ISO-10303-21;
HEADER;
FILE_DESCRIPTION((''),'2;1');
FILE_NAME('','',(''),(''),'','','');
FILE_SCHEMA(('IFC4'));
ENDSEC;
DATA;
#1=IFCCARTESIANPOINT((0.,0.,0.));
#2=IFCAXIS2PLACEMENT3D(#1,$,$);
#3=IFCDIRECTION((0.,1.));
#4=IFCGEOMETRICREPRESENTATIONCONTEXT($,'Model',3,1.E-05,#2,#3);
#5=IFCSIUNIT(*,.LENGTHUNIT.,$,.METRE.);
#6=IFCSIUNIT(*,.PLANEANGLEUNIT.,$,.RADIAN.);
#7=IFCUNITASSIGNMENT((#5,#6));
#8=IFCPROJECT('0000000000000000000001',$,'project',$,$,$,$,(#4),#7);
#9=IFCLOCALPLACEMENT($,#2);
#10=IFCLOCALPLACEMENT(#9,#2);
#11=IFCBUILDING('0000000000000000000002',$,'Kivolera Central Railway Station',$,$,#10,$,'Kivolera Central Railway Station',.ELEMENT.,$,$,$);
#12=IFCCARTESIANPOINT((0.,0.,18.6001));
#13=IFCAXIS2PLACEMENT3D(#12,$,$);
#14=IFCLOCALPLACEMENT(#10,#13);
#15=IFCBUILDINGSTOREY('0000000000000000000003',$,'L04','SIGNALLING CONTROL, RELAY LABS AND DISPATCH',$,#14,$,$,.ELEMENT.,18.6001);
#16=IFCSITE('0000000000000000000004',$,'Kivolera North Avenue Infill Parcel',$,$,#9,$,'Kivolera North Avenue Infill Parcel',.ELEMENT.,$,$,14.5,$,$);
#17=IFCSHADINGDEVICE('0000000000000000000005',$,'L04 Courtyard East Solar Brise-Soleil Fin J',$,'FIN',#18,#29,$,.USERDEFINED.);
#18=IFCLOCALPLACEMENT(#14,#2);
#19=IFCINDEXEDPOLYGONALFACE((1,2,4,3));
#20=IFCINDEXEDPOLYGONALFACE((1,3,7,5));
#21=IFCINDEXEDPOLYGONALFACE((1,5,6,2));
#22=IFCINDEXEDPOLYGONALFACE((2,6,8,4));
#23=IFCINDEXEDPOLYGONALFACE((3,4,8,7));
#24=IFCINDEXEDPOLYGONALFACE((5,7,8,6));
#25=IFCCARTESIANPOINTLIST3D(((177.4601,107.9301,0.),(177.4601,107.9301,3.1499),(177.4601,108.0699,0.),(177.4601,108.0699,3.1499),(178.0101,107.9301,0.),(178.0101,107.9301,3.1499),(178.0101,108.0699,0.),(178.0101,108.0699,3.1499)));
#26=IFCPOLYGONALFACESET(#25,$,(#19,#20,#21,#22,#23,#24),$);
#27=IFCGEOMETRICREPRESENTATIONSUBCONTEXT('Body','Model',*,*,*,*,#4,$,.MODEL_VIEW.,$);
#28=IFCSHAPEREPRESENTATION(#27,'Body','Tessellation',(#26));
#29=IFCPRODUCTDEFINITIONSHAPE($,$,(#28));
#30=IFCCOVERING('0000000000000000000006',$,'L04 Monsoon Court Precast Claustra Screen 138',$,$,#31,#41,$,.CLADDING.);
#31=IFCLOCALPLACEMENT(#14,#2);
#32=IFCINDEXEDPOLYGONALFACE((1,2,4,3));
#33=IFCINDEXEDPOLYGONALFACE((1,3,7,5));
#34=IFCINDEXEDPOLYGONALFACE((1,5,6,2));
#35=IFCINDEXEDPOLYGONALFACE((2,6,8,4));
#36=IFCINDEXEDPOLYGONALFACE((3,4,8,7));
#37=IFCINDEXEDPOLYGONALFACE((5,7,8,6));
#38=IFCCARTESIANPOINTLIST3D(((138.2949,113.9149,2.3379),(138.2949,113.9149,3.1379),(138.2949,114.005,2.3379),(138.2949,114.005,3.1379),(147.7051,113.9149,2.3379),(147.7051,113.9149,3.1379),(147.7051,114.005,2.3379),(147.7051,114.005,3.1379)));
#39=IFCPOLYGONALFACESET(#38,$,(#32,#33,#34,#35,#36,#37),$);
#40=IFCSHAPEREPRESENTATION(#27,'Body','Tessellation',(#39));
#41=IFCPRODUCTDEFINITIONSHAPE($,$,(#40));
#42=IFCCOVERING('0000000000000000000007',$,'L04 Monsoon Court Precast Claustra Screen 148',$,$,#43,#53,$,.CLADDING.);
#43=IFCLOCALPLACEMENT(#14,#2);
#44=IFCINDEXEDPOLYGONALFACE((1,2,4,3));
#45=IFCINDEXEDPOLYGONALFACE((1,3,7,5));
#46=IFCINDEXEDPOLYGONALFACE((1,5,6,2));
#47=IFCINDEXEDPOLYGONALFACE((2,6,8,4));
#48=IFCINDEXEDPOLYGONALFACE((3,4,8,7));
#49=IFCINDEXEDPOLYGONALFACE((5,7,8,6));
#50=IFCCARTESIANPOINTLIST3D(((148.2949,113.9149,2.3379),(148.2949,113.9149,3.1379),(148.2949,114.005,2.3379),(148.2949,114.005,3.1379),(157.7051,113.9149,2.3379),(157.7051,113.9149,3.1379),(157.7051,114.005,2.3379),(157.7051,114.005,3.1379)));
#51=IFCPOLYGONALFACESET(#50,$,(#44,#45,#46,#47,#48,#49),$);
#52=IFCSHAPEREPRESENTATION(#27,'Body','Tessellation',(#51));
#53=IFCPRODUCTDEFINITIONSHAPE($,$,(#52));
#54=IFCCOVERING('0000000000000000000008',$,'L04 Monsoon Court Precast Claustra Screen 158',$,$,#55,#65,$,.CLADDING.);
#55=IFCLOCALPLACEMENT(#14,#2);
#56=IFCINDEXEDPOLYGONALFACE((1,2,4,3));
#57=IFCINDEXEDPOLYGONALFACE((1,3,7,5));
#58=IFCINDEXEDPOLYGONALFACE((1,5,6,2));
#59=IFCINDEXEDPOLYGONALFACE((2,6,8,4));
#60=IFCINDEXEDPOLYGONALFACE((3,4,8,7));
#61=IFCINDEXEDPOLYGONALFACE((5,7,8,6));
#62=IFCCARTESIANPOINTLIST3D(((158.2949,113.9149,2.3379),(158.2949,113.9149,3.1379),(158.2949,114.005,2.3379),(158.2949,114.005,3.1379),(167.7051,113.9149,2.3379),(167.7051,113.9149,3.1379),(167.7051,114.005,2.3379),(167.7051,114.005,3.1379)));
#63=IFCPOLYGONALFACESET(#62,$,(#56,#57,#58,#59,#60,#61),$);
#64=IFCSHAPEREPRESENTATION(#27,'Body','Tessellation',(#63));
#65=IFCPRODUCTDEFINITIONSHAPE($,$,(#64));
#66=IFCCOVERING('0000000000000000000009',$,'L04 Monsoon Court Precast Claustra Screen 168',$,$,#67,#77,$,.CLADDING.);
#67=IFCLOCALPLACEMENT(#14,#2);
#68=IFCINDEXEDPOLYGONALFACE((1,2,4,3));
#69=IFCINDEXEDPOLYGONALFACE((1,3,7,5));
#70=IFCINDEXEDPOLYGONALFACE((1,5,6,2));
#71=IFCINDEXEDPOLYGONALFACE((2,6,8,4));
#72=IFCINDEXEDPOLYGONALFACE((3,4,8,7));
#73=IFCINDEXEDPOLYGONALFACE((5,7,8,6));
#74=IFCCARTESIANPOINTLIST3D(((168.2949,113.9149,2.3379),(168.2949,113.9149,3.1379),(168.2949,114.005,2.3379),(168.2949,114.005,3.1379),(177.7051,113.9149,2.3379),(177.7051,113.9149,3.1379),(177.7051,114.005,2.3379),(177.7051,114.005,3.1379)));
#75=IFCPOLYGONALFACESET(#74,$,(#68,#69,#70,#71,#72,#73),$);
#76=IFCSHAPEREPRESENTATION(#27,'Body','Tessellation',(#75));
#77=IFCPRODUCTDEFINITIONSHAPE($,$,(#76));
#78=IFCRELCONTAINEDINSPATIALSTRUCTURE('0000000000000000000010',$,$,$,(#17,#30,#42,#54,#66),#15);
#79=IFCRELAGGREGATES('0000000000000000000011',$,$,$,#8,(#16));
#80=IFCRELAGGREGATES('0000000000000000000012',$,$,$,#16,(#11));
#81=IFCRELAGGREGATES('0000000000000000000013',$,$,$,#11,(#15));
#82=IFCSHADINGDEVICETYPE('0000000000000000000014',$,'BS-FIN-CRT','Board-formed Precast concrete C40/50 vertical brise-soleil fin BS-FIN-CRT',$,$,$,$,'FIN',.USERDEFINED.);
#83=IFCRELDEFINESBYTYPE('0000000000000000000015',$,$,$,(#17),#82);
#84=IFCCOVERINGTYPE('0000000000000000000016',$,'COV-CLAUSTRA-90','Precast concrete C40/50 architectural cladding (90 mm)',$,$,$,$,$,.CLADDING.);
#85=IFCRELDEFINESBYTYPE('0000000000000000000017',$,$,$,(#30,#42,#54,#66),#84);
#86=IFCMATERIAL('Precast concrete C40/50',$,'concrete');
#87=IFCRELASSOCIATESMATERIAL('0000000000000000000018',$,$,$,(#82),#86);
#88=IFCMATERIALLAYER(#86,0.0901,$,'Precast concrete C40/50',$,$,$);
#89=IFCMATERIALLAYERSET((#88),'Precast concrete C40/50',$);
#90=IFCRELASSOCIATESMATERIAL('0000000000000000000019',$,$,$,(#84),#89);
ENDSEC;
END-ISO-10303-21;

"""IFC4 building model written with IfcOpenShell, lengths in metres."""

from ifc_helpers import new_model, si_unit, direction, frame, frame_2d, origin, origin_2d, place, context, subcontext, project, spatial, rectangle, extrude, material, layer, layer_set, type_object, element, save


model = new_model("IFC4")

# Units and contexts
model_context = context("Model", 3, precision=1e-05, world=origin(), true_north=direction((0.0, 1.0)))
body_context = subcontext(model_context, "Body", "Model", "MODEL_VIEW")
ifc_project = project(units=[si_unit("LENGTHUNIT", "METRE"), si_unit("PLANEANGLEUNIT", "RADIAN")], contexts=[model_context])

# Site, building, storey
site_placement = place(None, origin())
site = spatial("IfcSite", under=ifc_project, at=site_placement, Name="Kivolera North Avenue Infill Parcel", LongName="Kivolera North Avenue Infill Parcel", CompositionType="ELEMENT", RefElevation=14.5)
building_placement = place(site_placement, origin())
building = spatial("IfcBuilding", under=site, at=building_placement, Name="Kivolera Central Railway Station", LongName="Kivolera Central Railway Station", CompositionType="ELEMENT")
storey_placement = place(building_placement, frame((0.0, 0.0, 18.6001)))
storey = spatial("IfcBuildingStorey", under=building, at=storey_placement, Name="L04", Description="SIGNALLING CONTROL, RELAY LABS AND DISPATCH", CompositionType="ELEMENT", Elevation=18.6001)

# Shading device
ifc_material_1 = material(Name="Precast concrete C40/50", Category="concrete")
shading_device_type = type_object("IfcShadingDeviceType", Name="BS-FIN-CRT", Description="Board-formed Precast concrete C40/50 vertical brise-soleil fin BS-FIN-CRT", ElementType="FIN", PredefinedType="USERDEFINED", material=ifc_material_1)
shading_device_placement = place(storey_placement, frame((177.7351, 108.0, 0.0), z_axis=(0.0, 0.0, 1.0), x_axis=(1.0, 0.0, 0.0)))
element("IfcShadingDevice", 1, at=shading_device_placement, inside=storey, type_object=shading_device_type, Name="L04 Courtyard East Solar Brise-Soleil Fin J", ObjectType="FIN", PredefinedType="USERDEFINED", context=body_context, shape_type="SweptSolid", body=[
    extrude(rectangle(XDim=0.55, YDim=0.1399, at=origin_2d()), origin(), (0.0, 0.0, 1.0), 3.1499),
])

# Coverings
ifc_layer_1 = layer(ifc_material_1, 0.0901, Name="Precast concrete C40/50")
ifc_layer_set_1 = layer_set([ifc_layer_1], Name="Precast concrete C40/50")
covering_type = type_object("IfcCoveringType", Name="COV-CLAUSTRA-90", Description="Precast concrete C40/50 architectural cladding (90 mm)", PredefinedType="CLADDING", material=ifc_layer_set_1)
for number, where, z_axis, x_axis, name in (
    (2, (147.7051, 113.96, 2.3379), (0.0, 0.0, 1.0), (-1.0, 0.0, 0.0), "L04 Monsoon Court Precast Claustra Screen 138"),
    (3, (157.7051, 113.96, 2.3379), (0.0, 0.0, 1.0), (-1.0, 0.0, 0.0), "L04 Monsoon Court Precast Claustra Screen 148"),
    (4, (167.7051, 113.96, 2.3379), (0.0, 0.0, 1.0), (-1.0, 0.0, 0.0), "L04 Monsoon Court Precast Claustra Screen 158"),
    (5, (177.7051, 113.96, 2.3379), (0.0, 0.0, 1.0), (-1.0, 0.0, 0.0), "L04 Monsoon Court Precast Claustra Screen 168"),
):
    element("IfcCovering", number, at=place(storey_placement, frame(where, z_axis=z_axis, x_axis=x_axis)), inside=storey, type_object=covering_type, Name=name, PredefinedType="CLADDING", context=body_context, shape_type="SweptSolid", body=[
        extrude(rectangle(XDim=9.4102, YDim=0.0901, at=frame_2d((4.7051, 0.0))), origin(), (0.0, 0.0, 1.0), 0.8),
    ])

save(model, "model.ifc")
